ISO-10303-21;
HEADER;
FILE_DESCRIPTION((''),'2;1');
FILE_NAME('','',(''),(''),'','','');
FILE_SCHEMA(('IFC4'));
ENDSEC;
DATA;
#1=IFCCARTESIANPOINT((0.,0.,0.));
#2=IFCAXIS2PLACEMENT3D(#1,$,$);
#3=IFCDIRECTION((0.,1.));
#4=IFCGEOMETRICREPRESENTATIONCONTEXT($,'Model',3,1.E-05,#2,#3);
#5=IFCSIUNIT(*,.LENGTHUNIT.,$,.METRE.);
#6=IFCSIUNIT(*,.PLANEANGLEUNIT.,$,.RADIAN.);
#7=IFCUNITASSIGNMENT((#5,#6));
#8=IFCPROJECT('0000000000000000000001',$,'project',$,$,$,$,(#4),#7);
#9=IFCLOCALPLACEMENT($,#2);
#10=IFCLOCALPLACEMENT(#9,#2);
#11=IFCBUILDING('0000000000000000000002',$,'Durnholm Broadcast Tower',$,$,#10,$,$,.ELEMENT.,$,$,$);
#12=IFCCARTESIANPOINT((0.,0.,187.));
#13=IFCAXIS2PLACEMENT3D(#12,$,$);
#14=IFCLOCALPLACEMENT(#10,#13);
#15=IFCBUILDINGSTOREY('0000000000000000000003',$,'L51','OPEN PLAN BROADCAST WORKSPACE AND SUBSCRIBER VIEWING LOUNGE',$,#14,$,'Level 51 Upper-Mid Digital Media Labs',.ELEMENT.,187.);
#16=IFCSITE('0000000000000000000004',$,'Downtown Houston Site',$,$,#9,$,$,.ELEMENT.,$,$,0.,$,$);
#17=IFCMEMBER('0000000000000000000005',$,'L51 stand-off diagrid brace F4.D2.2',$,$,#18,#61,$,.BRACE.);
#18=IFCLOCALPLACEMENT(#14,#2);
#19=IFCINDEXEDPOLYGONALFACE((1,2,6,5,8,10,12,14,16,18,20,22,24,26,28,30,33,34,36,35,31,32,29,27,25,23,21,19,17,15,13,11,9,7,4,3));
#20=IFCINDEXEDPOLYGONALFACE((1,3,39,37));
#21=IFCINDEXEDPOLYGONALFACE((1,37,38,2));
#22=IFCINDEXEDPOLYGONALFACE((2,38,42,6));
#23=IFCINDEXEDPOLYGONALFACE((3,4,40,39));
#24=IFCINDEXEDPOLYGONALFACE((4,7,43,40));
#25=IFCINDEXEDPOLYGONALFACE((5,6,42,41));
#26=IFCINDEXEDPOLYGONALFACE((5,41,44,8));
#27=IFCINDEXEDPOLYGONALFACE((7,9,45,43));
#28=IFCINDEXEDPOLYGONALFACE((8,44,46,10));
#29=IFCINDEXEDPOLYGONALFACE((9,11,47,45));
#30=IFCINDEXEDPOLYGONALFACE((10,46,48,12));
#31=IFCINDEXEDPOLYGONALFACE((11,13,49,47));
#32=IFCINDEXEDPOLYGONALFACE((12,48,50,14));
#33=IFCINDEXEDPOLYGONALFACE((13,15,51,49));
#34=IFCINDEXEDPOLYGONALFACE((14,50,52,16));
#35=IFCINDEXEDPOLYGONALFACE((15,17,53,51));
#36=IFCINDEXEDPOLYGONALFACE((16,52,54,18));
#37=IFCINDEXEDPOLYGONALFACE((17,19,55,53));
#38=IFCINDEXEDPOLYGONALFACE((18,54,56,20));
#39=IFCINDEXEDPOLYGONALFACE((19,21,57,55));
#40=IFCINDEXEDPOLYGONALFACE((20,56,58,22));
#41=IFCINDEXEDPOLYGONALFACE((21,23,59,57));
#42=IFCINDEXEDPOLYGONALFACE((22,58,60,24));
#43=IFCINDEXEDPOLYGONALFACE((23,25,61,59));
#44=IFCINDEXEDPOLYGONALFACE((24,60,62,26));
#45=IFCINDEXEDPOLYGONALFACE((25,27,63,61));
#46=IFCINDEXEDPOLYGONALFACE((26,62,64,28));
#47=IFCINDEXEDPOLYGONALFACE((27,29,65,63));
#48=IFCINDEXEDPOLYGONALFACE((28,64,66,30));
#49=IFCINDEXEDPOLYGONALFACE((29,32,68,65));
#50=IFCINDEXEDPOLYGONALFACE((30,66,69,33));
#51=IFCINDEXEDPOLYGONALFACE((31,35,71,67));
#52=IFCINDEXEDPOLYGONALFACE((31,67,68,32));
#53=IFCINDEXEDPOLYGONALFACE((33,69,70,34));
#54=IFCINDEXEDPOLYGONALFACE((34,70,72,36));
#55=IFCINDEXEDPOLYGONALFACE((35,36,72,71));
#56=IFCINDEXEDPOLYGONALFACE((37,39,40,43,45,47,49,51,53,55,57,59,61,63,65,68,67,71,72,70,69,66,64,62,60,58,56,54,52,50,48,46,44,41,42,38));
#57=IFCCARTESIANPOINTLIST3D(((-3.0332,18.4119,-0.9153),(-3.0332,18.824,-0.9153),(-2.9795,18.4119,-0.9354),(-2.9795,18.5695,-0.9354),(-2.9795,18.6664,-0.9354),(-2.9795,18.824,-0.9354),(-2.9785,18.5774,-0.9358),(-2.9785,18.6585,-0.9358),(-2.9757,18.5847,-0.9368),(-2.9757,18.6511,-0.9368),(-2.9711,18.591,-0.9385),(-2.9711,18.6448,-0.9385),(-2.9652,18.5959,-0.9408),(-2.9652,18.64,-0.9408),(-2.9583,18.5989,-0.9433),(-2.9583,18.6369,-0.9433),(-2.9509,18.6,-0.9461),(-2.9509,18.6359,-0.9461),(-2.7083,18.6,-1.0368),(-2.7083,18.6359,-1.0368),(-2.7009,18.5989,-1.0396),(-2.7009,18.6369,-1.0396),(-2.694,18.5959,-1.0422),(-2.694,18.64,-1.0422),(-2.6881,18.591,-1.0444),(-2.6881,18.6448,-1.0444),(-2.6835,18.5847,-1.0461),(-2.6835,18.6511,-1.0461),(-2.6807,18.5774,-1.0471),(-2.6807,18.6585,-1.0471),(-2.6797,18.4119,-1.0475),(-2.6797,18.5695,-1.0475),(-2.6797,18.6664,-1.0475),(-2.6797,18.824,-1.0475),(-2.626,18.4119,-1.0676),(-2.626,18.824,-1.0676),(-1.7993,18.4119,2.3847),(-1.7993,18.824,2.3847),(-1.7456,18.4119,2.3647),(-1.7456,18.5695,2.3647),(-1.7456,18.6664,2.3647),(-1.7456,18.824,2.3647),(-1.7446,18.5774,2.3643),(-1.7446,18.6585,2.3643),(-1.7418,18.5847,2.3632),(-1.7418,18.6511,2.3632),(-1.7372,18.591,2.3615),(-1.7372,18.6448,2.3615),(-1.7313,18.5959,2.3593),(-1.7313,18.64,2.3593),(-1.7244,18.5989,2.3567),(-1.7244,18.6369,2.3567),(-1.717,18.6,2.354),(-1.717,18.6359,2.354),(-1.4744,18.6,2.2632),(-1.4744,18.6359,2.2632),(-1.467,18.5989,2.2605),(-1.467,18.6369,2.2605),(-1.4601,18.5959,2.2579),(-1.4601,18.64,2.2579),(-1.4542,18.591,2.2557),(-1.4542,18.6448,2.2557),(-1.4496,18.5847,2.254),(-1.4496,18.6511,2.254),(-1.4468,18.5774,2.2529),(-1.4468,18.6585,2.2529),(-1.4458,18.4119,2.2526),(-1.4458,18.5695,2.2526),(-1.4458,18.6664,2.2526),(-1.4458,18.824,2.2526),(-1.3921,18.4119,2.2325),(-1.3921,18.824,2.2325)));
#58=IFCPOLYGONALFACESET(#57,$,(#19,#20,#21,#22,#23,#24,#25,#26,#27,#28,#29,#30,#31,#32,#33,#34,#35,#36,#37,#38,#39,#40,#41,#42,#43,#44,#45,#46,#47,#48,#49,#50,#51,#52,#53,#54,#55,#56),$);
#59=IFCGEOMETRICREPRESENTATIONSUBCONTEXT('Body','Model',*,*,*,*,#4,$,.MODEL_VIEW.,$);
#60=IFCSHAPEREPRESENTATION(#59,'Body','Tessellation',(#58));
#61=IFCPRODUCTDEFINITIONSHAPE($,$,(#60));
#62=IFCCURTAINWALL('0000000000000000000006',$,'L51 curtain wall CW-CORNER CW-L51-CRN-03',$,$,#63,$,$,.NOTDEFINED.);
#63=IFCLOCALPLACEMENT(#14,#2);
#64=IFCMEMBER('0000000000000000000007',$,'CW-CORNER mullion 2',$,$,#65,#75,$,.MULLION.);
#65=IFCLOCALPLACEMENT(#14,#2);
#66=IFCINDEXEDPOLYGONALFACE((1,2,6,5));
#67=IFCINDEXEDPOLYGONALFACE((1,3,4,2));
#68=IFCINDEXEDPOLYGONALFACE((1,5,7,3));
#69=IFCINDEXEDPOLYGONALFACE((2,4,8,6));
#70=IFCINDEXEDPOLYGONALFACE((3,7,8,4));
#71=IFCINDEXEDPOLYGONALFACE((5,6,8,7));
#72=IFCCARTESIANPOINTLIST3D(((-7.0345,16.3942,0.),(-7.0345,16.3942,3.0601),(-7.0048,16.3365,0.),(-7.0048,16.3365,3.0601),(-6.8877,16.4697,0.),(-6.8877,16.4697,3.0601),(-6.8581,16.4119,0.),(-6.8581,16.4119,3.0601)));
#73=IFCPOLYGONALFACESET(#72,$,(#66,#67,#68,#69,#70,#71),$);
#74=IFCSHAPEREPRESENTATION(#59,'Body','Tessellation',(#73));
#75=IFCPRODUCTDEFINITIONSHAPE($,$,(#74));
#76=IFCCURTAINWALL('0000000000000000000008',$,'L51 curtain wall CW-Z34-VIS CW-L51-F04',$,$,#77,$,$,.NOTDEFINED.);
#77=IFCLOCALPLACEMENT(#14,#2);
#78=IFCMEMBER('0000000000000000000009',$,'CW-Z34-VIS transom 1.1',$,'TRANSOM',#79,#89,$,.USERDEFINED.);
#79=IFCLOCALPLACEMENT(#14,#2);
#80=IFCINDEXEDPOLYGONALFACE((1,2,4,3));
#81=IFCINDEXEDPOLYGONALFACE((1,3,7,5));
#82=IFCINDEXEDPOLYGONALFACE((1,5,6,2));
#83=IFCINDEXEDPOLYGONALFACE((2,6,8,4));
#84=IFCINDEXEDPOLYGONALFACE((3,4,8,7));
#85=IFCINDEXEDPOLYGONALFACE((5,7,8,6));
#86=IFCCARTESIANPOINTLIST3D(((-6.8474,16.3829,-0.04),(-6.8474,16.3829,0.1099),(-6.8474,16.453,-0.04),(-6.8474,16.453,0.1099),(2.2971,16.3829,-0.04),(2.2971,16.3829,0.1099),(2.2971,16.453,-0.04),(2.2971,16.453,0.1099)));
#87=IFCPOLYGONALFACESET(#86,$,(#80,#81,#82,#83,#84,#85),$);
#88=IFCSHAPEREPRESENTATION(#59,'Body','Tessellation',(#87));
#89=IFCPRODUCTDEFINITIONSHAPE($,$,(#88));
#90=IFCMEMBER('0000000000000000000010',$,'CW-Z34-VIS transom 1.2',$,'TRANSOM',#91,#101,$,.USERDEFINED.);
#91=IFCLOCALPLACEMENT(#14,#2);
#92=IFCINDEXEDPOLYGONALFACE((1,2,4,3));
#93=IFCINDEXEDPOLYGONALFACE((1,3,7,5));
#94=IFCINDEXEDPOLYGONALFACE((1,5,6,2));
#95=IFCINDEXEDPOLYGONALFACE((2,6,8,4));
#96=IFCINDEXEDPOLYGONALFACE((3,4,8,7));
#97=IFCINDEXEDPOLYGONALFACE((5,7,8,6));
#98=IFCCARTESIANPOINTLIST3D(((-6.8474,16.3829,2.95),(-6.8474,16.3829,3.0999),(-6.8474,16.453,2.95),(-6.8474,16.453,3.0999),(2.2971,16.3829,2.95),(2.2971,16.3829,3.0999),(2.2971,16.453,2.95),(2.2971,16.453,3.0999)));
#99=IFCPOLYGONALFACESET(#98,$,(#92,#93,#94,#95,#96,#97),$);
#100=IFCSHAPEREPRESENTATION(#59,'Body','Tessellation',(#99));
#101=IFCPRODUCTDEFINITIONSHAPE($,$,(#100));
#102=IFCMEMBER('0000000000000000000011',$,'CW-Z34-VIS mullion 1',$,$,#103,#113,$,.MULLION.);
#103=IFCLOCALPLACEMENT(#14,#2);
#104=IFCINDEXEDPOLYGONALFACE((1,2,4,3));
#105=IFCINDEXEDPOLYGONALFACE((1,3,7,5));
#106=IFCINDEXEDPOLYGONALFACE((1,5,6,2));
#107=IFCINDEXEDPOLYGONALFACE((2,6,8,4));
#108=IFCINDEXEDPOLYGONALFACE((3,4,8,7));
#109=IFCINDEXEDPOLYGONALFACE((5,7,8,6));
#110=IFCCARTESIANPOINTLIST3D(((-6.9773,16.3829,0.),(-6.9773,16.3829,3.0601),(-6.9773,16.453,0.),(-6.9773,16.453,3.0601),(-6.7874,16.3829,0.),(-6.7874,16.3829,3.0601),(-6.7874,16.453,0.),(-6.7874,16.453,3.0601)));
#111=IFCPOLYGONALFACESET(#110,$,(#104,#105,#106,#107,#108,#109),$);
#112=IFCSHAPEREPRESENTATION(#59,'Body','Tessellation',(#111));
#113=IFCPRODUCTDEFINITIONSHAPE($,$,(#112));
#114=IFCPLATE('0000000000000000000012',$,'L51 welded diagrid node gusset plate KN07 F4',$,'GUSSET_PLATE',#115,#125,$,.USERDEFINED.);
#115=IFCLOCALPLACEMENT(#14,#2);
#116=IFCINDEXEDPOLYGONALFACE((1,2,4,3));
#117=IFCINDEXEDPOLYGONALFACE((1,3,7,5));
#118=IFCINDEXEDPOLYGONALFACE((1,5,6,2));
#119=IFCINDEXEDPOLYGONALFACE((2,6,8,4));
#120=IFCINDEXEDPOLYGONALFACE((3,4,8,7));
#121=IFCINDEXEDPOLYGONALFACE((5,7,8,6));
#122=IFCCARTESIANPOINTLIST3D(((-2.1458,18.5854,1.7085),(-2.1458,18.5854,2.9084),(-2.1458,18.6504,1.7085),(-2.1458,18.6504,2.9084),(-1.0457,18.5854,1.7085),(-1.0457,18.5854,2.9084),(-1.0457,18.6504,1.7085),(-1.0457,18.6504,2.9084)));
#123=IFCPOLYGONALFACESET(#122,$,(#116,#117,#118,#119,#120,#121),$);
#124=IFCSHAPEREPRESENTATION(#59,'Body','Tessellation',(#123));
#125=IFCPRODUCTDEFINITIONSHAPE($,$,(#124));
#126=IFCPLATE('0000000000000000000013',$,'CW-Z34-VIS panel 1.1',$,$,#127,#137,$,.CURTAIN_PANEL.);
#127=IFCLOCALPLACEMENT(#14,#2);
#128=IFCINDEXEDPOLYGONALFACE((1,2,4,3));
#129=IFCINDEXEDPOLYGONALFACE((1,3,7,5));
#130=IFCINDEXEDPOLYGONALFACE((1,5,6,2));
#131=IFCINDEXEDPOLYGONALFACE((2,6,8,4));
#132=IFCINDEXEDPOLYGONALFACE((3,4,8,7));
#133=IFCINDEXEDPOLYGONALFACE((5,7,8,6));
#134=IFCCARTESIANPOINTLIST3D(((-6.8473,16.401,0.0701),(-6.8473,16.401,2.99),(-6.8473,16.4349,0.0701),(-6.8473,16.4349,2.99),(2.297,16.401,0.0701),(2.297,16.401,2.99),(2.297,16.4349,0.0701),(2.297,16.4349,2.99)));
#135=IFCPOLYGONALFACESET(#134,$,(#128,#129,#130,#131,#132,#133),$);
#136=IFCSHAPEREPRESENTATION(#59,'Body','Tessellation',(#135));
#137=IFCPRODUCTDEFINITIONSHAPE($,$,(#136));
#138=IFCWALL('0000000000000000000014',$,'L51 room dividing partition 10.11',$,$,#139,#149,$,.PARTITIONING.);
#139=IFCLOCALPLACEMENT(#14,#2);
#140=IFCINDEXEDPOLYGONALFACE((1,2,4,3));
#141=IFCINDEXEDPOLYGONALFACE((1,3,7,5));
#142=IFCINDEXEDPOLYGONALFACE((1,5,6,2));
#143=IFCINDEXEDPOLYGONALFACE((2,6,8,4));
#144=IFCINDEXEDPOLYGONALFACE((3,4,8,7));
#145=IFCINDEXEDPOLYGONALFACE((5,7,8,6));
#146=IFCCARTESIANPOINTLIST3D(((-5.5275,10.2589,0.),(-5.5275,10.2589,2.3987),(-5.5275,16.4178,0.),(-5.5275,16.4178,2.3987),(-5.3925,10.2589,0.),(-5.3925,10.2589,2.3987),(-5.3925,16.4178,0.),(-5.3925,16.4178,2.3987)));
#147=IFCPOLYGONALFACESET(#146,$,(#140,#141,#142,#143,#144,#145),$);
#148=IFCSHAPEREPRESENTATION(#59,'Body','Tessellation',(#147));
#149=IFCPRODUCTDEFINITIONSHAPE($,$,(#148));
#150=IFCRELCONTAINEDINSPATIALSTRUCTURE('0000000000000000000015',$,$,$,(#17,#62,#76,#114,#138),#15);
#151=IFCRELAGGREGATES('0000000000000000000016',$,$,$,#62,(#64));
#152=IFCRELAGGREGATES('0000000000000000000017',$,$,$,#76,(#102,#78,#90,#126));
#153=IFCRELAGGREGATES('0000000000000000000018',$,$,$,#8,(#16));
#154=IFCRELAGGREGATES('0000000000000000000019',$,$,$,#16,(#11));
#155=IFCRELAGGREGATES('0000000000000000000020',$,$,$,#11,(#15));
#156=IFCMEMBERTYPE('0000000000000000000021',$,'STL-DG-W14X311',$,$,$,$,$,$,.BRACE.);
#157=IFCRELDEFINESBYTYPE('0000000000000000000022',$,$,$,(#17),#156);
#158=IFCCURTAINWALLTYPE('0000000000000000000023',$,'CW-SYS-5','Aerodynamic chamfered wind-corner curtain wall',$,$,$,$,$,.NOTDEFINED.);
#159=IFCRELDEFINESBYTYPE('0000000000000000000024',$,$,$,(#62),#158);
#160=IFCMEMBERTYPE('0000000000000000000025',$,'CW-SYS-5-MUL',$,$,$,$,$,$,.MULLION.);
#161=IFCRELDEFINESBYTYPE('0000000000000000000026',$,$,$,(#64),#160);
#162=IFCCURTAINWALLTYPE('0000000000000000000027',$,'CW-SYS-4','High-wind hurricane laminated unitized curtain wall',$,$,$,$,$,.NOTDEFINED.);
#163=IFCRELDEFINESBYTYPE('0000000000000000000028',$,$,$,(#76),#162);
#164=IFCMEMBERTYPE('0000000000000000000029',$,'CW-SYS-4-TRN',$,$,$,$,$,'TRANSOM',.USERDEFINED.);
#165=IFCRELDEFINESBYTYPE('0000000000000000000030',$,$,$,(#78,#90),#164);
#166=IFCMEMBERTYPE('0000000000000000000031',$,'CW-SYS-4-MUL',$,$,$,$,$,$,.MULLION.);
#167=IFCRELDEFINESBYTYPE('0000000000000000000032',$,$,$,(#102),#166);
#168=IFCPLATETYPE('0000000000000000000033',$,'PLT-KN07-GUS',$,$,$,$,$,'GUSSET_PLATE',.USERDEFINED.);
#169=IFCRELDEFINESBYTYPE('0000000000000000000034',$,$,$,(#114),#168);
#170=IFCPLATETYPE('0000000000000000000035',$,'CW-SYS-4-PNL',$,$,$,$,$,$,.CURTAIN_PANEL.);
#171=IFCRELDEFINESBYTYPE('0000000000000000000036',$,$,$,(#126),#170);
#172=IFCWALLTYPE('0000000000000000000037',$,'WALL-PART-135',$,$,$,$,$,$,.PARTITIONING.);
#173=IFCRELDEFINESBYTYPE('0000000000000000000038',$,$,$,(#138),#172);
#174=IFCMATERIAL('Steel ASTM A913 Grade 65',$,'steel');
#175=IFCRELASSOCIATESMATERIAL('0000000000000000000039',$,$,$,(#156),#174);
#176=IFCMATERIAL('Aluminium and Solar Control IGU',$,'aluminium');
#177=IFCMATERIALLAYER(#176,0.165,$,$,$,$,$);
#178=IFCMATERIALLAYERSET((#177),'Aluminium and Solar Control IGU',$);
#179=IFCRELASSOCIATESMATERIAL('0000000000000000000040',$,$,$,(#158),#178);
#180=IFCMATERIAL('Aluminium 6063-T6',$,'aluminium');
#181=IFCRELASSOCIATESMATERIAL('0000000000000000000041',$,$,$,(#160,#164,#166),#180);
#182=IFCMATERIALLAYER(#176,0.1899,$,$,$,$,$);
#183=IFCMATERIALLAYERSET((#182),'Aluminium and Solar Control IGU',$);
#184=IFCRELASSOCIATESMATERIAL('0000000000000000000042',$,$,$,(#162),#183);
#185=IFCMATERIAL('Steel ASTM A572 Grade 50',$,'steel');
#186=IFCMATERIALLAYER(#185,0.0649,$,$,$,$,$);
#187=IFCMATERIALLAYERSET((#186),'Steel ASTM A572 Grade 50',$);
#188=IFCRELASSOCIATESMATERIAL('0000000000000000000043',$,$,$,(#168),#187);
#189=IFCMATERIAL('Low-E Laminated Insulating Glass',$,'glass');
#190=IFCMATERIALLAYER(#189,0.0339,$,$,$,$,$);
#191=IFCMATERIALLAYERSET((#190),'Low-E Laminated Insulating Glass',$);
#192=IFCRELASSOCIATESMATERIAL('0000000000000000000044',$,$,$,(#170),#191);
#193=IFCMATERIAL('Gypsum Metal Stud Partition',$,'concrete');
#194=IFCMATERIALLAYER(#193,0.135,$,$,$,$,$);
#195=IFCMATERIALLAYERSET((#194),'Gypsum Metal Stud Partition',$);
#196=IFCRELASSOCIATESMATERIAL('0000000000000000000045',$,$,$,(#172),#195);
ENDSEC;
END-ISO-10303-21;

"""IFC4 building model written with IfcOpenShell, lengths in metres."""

from ifc_helpers import new_model, si_unit, direction, frame, frame_2d, origin, origin_2d, place, context, subcontext, project, spatial, rectangle, i_section, extrude, source, transform, mapped, material, layer, layer_set, material_profile, profile_set, type_object, type_shapes, element, aggregate, save


model = new_model("IFC4")

# Units and contexts
model_context = context("Model", 3, precision=1e-05, world=origin(), true_north=direction((0.0, 1.0)))
body_context = subcontext(model_context, "Body", "Model", "MODEL_VIEW")
ifc_project = project(units=[si_unit("LENGTHUNIT", "METRE"), si_unit("PLANEANGLEUNIT", "RADIAN")], contexts=[model_context])

# Site, building, storey
site_placement = place(None, origin())
site = spatial("IfcSite", under=ifc_project, at=site_placement, Name="Downtown Houston Site", CompositionType="ELEMENT", RefElevation=0.0)
building_placement = place(site_placement, origin())
building = spatial("IfcBuilding", under=site, at=building_placement, Name="Durnholm Broadcast Tower", CompositionType="ELEMENT")
storey_placement = place(building_placement, frame((0.0, 0.0, 187.0)))
storey = spatial("IfcBuildingStorey", under=building, at=storey_placement, Name="L51", Description="OPEN PLAN BROADCAST WORKSPACE AND SUBSCRIBER VIEWING LOUNGE", LongName="Level 51 Upper-Mid Digital Media Labs", CompositionType="ELEMENT", Elevation=187.0)

# Member
ifc_material_1 = material(Name="Steel ASTM A913 Grade 65", Category="steel")
ifc_material_profile_1 = material_profile(ifc_material_1, i_section(OverallWidth=0.4121, OverallDepth=0.4348, WebThickness=0.0359, FlangeThickness=0.0574, FilletRadius=0.0305, at=origin_2d()), Name="W14X311")
ifc_profile_set_1 = profile_set([ifc_material_profile_1], Name="Steel ASTM A913 Grade 65")
member_type_1 = type_object("IfcMemberType", Name="STL-DG-W14X311", PredefinedType="BRACE", material=ifc_profile_set_1)
shared_shape_1 = source(origin(), body_context, "Body", "SweptSolid", [
    extrude(i_section(OverallWidth=0.4121, OverallDepth=0.4348, WebThickness=0.0359, FlangeThickness=0.0574, FilletRadius=0.0305, at=origin_2d()), origin(), (0.0, 0.0, 1.0), 3.5232),
])
type_shapes(member_type_1, [shared_shape_1])
for number, where, z_axis, x_axis, name in (
    (1, (-2.8296, 18.6179, -0.9915), (0.35022, 0.0, 0.936668), (0.0, 1.0, 0.0), "L51 stand-off diagrid brace F4.D2.2"),
):
    element("IfcMember", number, at=place(storey_placement, frame(where, z_axis=z_axis, x_axis=x_axis)), inside=storey, type_object=member_type_1, Name=name, PredefinedType="BRACE", context=body_context, shape_type="MappedRepresentation", body=[
        mapped(shared_shape_1, transform((0.0, 0.0, 0.0), x_axis=(1.0, 0.0, 0.0), y_axis=(0.0, 1.0, 0.0), z_axis=(0.0, 0.0, 1.0), scale=1.0)),
    ])

# Curtain wall, member
ifc_material_2 = material(Name="Aluminium and Solar Control IGU", Category="aluminium")
ifc_layer_1 = layer(ifc_material_2, 0.165)
ifc_layer_set_1 = layer_set([ifc_layer_1], Name="Aluminium and Solar Control IGU")
curtain_wall_type_1 = type_object("IfcCurtainWallType", Name="CW-SYS-5", Description="Aerodynamic chamfered wind-corner curtain wall", PredefinedType="NOTDEFINED", material=ifc_layer_set_1)
curtain_wall_1_placement = place(storey_placement, origin())
curtain_wall_1 = element("IfcCurtainWall", 2, at=curtain_wall_1_placement, inside=storey, type_object=curtain_wall_type_1, Name="L51 curtain wall CW-CORNER CW-L51-CRN-03", PredefinedType="NOTDEFINED")
ifc_material_3 = material(Name="Aluminium 6063-T6", Category="aluminium")
ifc_material_profile_2 = material_profile(ifc_material_3, rectangle(XDim=0.0649, YDim=0.165, at=origin_2d()), Name="CWM65X165")
ifc_profile_set_2 = profile_set([ifc_material_profile_2], Name="Aluminium 6063-T6")
member_type_2 = type_object("IfcMemberType", Name="CW-SYS-5-MUL", PredefinedType="MULLION", material=ifc_profile_set_2)
shared_shape_2 = source(origin(), body_context, "Body", "SweptSolid", [
    extrude(rectangle(XDim=0.0649, YDim=0.165, at=origin_2d()), origin(), (0.0, 0.0, 1.0), 3.0601),
])
type_shapes(member_type_2, [shared_shape_2])
member_1_placement = place(storey_placement, frame((-6.9463, 16.4031, 0.0), z_axis=(0.0, 0.0, 1.0), x_axis=(-0.457082, 0.889425, 0.0)))
member_1 = element("IfcMember", 3, at=member_1_placement, type_object=member_type_2, Name="CW-CORNER mullion 2", PredefinedType="MULLION", context=body_context, shape_type="MappedRepresentation", body=[
    mapped(shared_shape_2, transform((0.0, 0.0, 0.0), x_axis=(1.0, 0.0, 0.0), y_axis=(0.0, 1.0, 0.0), z_axis=(0.0, 0.0, 1.0), scale=1.0)),
])
aggregate(curtain_wall_1, [member_1])

# Curtain wall, members
ifc_layer_2 = layer(ifc_material_2, 0.1899)
ifc_layer_set_2 = layer_set([ifc_layer_2], Name="Aluminium and Solar Control IGU")
curtain_wall_type_2 = type_object("IfcCurtainWallType", Name="CW-SYS-4", Description="High-wind hurricane laminated unitized curtain wall", PredefinedType="NOTDEFINED", material=ifc_layer_set_2)
curtain_wall_2_placement = place(storey_placement, origin())
curtain_wall_2 = element("IfcCurtainWall", 4, at=curtain_wall_2_placement, inside=storey, type_object=curtain_wall_type_2, Name="L51 curtain wall CW-Z34-VIS CW-L51-F04", PredefinedType="NOTDEFINED")
ifc_material_profile_3 = material_profile(ifc_material_3, rectangle(XDim=0.0701, YDim=0.1499, at=origin_2d()), Name="CWT70X150")
ifc_profile_set_3 = profile_set([ifc_material_profile_3], Name="Aluminium 6063-T6")
member_type_3 = type_object("IfcMemberType", Name="CW-SYS-4-TRN", ElementType="TRANSOM", PredefinedType="USERDEFINED", material=ifc_profile_set_3)
shared_shape_3 = source(origin(), body_context, "Body", "SweptSolid", [
    extrude(rectangle(XDim=0.0701, YDim=0.1499, at=origin_2d()), origin(), (0.0, 0.0, 1.0), 9.1445),
])
type_shapes(member_type_3, [shared_shape_3])
member_2_placement = place(storey_placement, frame((-6.8474, 16.418, 0.0349), z_axis=(1.0, 0.0, 0.0), x_axis=(0.0, 1.0, 0.0)))
member_2 = element("IfcMember", 5, at=member_2_placement, type_object=member_type_3, Name="CW-Z34-VIS transom 1.1", ObjectType="TRANSOM", PredefinedType="USERDEFINED", context=body_context, shape_type="MappedRepresentation", body=[
    mapped(shared_shape_3, transform((0.0, 0.0, 0.0), x_axis=(1.0, 0.0, 0.0), y_axis=(0.0, 1.0, 0.0), z_axis=(0.0, 0.0, 1.0), scale=1.0)),
])
member_3_placement = place(storey_placement, frame((-6.8474, 16.418, 3.0249), z_axis=(1.0, 0.0, 0.0), x_axis=(0.0, 1.0, 0.0)))
member_3 = element("IfcMember", 6, at=member_3_placement, type_object=member_type_3, Name="CW-Z34-VIS transom 1.2", ObjectType="TRANSOM", PredefinedType="USERDEFINED", context=body_context, shape_type="MappedRepresentation", body=[
    mapped(shared_shape_3, transform((0.0, 0.0, 0.0), x_axis=(1.0, 0.0, 0.0), y_axis=(0.0, 1.0, 0.0), z_axis=(0.0, 0.0, 1.0), scale=1.0)),
])
ifc_material_profile_4 = material_profile(ifc_material_3, rectangle(XDim=0.0701, YDim=0.1899, at=origin_2d()), Name="CWM70X190")
ifc_profile_set_4 = profile_set([ifc_material_profile_4], Name="Aluminium 6063-T6")
member_type_4 = type_object("IfcMemberType", Name="CW-SYS-4-MUL", PredefinedType="MULLION", material=ifc_profile_set_4)
shared_shape_4 = source(origin(), body_context, "Body", "SweptSolid", [
    extrude(rectangle(XDim=0.0701, YDim=0.1899, at=origin_2d()), origin(), (0.0, 0.0, 1.0), 3.0601),
])
type_shapes(member_type_4, [shared_shape_4])
member_4_placement = place(storey_placement, frame((-6.8823, 16.418, 0.0), z_axis=(0.0, 0.0, 1.0), x_axis=(0.0, 1.0, 0.0)))
member_4 = element("IfcMember", 7, at=member_4_placement, type_object=member_type_4, Name="CW-Z34-VIS mullion 1", PredefinedType="MULLION", context=body_context, shape_type="MappedRepresentation", body=[
    mapped(shared_shape_4, transform((0.0, 0.0, 0.0), x_axis=(1.0, 0.0, 0.0), y_axis=(0.0, 1.0, 0.0), z_axis=(0.0, 0.0, 1.0), scale=1.0)),
])

# Plates
ifc_material_4 = material(Name="Steel ASTM A572 Grade 50", Category="steel")
ifc_layer_3 = layer(ifc_material_4, 0.0649)
ifc_layer_set_3 = layer_set([ifc_layer_3], Name="Steel ASTM A572 Grade 50")
plate_type_1 = type_object("IfcPlateType", Name="PLT-KN07-GUS", ElementType="GUSSET_PLATE", PredefinedType="USERDEFINED", material=ifc_layer_set_3)
shared_shape_5 = source(origin(), body_context, "Body", "SweptSolid", [
    extrude(rectangle(XDim=1.1001, YDim=0.0649, at=origin_2d()), origin(), (0.0, 0.0, 1.0), 1.2),
])
type_shapes(plate_type_1, [shared_shape_5])
plate_1_placement = place(storey_placement, frame((-1.5957, 18.6179, 1.7085), z_axis=(0.0, 0.0, 1.0), x_axis=(-1.0, 0.0, 0.0)))
element("IfcPlate", 8, at=plate_1_placement, inside=storey, type_object=plate_type_1, Name="L51 welded diagrid node gusset plate KN07 F4", ObjectType="GUSSET_PLATE", PredefinedType="USERDEFINED", context=body_context, shape_type="MappedRepresentation", body=[
    mapped(shared_shape_5, transform((0.0, 0.0, 0.0), x_axis=(1.0, 0.0, 0.0), y_axis=(0.0, 1.0, 0.0), z_axis=(0.0, 0.0, 1.0), scale=1.0)),
])
ifc_material_5 = material(Name="Low-E Laminated Insulating Glass", Category="glass")
ifc_layer_4 = layer(ifc_material_5, 0.0339)
ifc_layer_set_4 = layer_set([ifc_layer_4], Name="Low-E Laminated Insulating Glass")
plate_type_2 = type_object("IfcPlateType", Name="CW-SYS-4-PNL", PredefinedType="CURTAIN_PANEL", material=ifc_layer_set_4)
shared_shape_6 = source(origin(), body_context, "Body", "SweptSolid", [
    extrude(rectangle(XDim=9.1443, YDim=0.0339, at=origin_2d()), origin(), (0.0, 0.0, 1.0), 2.9199),
])
type_shapes(plate_type_2, [shared_shape_6])
plate_2_placement = place(storey_placement, frame((-2.2751, 16.418, 0.0701), z_axis=(0.0, 0.0, 1.0), x_axis=(1.0, 0.0, 0.0)))
plate_2 = element("IfcPlate", 9, at=plate_2_placement, type_object=plate_type_2, Name="CW-Z34-VIS panel 1.1", PredefinedType="CURTAIN_PANEL", context=body_context, shape_type="MappedRepresentation", body=[
    mapped(shared_shape_6, transform((0.0, 0.0, 0.0), x_axis=(1.0, 0.0, 0.0), y_axis=(0.0, 1.0, 0.0), z_axis=(0.0, 0.0, 1.0), scale=1.0)),
])
aggregate(curtain_wall_2, [member_4, member_2, member_3, plate_2])

# Wall
ifc_material_6 = material(Name="Gypsum Metal Stud Partition", Category="concrete")
ifc_layer_5 = layer(ifc_material_6, 0.135)
ifc_layer_set_5 = layer_set([ifc_layer_5], Name="Gypsum Metal Stud Partition")
wall_type_1 = type_object("IfcWallType", Name="WALL-PART-135", PredefinedType="PARTITIONING", material=ifc_layer_set_5)
wall_1_placement = place(storey_placement, frame((-5.46, 16.418, 0.0), z_axis=(0.0, 0.0, 1.0), x_axis=(0.0, -1.0, 0.0)))
element("IfcWall", 10, at=wall_1_placement, inside=storey, type_object=wall_type_1, Name="L51 room dividing partition 10.11", PredefinedType="PARTITIONING", context=body_context, shape_type="SweptSolid", body=[
    extrude(rectangle(XDim=6.1589, YDim=0.135, at=frame_2d((3.0796, 0.0))), origin(), (0.0, 0.0, 1.0), 2.3987),
])

save(model, "model.ifc")
